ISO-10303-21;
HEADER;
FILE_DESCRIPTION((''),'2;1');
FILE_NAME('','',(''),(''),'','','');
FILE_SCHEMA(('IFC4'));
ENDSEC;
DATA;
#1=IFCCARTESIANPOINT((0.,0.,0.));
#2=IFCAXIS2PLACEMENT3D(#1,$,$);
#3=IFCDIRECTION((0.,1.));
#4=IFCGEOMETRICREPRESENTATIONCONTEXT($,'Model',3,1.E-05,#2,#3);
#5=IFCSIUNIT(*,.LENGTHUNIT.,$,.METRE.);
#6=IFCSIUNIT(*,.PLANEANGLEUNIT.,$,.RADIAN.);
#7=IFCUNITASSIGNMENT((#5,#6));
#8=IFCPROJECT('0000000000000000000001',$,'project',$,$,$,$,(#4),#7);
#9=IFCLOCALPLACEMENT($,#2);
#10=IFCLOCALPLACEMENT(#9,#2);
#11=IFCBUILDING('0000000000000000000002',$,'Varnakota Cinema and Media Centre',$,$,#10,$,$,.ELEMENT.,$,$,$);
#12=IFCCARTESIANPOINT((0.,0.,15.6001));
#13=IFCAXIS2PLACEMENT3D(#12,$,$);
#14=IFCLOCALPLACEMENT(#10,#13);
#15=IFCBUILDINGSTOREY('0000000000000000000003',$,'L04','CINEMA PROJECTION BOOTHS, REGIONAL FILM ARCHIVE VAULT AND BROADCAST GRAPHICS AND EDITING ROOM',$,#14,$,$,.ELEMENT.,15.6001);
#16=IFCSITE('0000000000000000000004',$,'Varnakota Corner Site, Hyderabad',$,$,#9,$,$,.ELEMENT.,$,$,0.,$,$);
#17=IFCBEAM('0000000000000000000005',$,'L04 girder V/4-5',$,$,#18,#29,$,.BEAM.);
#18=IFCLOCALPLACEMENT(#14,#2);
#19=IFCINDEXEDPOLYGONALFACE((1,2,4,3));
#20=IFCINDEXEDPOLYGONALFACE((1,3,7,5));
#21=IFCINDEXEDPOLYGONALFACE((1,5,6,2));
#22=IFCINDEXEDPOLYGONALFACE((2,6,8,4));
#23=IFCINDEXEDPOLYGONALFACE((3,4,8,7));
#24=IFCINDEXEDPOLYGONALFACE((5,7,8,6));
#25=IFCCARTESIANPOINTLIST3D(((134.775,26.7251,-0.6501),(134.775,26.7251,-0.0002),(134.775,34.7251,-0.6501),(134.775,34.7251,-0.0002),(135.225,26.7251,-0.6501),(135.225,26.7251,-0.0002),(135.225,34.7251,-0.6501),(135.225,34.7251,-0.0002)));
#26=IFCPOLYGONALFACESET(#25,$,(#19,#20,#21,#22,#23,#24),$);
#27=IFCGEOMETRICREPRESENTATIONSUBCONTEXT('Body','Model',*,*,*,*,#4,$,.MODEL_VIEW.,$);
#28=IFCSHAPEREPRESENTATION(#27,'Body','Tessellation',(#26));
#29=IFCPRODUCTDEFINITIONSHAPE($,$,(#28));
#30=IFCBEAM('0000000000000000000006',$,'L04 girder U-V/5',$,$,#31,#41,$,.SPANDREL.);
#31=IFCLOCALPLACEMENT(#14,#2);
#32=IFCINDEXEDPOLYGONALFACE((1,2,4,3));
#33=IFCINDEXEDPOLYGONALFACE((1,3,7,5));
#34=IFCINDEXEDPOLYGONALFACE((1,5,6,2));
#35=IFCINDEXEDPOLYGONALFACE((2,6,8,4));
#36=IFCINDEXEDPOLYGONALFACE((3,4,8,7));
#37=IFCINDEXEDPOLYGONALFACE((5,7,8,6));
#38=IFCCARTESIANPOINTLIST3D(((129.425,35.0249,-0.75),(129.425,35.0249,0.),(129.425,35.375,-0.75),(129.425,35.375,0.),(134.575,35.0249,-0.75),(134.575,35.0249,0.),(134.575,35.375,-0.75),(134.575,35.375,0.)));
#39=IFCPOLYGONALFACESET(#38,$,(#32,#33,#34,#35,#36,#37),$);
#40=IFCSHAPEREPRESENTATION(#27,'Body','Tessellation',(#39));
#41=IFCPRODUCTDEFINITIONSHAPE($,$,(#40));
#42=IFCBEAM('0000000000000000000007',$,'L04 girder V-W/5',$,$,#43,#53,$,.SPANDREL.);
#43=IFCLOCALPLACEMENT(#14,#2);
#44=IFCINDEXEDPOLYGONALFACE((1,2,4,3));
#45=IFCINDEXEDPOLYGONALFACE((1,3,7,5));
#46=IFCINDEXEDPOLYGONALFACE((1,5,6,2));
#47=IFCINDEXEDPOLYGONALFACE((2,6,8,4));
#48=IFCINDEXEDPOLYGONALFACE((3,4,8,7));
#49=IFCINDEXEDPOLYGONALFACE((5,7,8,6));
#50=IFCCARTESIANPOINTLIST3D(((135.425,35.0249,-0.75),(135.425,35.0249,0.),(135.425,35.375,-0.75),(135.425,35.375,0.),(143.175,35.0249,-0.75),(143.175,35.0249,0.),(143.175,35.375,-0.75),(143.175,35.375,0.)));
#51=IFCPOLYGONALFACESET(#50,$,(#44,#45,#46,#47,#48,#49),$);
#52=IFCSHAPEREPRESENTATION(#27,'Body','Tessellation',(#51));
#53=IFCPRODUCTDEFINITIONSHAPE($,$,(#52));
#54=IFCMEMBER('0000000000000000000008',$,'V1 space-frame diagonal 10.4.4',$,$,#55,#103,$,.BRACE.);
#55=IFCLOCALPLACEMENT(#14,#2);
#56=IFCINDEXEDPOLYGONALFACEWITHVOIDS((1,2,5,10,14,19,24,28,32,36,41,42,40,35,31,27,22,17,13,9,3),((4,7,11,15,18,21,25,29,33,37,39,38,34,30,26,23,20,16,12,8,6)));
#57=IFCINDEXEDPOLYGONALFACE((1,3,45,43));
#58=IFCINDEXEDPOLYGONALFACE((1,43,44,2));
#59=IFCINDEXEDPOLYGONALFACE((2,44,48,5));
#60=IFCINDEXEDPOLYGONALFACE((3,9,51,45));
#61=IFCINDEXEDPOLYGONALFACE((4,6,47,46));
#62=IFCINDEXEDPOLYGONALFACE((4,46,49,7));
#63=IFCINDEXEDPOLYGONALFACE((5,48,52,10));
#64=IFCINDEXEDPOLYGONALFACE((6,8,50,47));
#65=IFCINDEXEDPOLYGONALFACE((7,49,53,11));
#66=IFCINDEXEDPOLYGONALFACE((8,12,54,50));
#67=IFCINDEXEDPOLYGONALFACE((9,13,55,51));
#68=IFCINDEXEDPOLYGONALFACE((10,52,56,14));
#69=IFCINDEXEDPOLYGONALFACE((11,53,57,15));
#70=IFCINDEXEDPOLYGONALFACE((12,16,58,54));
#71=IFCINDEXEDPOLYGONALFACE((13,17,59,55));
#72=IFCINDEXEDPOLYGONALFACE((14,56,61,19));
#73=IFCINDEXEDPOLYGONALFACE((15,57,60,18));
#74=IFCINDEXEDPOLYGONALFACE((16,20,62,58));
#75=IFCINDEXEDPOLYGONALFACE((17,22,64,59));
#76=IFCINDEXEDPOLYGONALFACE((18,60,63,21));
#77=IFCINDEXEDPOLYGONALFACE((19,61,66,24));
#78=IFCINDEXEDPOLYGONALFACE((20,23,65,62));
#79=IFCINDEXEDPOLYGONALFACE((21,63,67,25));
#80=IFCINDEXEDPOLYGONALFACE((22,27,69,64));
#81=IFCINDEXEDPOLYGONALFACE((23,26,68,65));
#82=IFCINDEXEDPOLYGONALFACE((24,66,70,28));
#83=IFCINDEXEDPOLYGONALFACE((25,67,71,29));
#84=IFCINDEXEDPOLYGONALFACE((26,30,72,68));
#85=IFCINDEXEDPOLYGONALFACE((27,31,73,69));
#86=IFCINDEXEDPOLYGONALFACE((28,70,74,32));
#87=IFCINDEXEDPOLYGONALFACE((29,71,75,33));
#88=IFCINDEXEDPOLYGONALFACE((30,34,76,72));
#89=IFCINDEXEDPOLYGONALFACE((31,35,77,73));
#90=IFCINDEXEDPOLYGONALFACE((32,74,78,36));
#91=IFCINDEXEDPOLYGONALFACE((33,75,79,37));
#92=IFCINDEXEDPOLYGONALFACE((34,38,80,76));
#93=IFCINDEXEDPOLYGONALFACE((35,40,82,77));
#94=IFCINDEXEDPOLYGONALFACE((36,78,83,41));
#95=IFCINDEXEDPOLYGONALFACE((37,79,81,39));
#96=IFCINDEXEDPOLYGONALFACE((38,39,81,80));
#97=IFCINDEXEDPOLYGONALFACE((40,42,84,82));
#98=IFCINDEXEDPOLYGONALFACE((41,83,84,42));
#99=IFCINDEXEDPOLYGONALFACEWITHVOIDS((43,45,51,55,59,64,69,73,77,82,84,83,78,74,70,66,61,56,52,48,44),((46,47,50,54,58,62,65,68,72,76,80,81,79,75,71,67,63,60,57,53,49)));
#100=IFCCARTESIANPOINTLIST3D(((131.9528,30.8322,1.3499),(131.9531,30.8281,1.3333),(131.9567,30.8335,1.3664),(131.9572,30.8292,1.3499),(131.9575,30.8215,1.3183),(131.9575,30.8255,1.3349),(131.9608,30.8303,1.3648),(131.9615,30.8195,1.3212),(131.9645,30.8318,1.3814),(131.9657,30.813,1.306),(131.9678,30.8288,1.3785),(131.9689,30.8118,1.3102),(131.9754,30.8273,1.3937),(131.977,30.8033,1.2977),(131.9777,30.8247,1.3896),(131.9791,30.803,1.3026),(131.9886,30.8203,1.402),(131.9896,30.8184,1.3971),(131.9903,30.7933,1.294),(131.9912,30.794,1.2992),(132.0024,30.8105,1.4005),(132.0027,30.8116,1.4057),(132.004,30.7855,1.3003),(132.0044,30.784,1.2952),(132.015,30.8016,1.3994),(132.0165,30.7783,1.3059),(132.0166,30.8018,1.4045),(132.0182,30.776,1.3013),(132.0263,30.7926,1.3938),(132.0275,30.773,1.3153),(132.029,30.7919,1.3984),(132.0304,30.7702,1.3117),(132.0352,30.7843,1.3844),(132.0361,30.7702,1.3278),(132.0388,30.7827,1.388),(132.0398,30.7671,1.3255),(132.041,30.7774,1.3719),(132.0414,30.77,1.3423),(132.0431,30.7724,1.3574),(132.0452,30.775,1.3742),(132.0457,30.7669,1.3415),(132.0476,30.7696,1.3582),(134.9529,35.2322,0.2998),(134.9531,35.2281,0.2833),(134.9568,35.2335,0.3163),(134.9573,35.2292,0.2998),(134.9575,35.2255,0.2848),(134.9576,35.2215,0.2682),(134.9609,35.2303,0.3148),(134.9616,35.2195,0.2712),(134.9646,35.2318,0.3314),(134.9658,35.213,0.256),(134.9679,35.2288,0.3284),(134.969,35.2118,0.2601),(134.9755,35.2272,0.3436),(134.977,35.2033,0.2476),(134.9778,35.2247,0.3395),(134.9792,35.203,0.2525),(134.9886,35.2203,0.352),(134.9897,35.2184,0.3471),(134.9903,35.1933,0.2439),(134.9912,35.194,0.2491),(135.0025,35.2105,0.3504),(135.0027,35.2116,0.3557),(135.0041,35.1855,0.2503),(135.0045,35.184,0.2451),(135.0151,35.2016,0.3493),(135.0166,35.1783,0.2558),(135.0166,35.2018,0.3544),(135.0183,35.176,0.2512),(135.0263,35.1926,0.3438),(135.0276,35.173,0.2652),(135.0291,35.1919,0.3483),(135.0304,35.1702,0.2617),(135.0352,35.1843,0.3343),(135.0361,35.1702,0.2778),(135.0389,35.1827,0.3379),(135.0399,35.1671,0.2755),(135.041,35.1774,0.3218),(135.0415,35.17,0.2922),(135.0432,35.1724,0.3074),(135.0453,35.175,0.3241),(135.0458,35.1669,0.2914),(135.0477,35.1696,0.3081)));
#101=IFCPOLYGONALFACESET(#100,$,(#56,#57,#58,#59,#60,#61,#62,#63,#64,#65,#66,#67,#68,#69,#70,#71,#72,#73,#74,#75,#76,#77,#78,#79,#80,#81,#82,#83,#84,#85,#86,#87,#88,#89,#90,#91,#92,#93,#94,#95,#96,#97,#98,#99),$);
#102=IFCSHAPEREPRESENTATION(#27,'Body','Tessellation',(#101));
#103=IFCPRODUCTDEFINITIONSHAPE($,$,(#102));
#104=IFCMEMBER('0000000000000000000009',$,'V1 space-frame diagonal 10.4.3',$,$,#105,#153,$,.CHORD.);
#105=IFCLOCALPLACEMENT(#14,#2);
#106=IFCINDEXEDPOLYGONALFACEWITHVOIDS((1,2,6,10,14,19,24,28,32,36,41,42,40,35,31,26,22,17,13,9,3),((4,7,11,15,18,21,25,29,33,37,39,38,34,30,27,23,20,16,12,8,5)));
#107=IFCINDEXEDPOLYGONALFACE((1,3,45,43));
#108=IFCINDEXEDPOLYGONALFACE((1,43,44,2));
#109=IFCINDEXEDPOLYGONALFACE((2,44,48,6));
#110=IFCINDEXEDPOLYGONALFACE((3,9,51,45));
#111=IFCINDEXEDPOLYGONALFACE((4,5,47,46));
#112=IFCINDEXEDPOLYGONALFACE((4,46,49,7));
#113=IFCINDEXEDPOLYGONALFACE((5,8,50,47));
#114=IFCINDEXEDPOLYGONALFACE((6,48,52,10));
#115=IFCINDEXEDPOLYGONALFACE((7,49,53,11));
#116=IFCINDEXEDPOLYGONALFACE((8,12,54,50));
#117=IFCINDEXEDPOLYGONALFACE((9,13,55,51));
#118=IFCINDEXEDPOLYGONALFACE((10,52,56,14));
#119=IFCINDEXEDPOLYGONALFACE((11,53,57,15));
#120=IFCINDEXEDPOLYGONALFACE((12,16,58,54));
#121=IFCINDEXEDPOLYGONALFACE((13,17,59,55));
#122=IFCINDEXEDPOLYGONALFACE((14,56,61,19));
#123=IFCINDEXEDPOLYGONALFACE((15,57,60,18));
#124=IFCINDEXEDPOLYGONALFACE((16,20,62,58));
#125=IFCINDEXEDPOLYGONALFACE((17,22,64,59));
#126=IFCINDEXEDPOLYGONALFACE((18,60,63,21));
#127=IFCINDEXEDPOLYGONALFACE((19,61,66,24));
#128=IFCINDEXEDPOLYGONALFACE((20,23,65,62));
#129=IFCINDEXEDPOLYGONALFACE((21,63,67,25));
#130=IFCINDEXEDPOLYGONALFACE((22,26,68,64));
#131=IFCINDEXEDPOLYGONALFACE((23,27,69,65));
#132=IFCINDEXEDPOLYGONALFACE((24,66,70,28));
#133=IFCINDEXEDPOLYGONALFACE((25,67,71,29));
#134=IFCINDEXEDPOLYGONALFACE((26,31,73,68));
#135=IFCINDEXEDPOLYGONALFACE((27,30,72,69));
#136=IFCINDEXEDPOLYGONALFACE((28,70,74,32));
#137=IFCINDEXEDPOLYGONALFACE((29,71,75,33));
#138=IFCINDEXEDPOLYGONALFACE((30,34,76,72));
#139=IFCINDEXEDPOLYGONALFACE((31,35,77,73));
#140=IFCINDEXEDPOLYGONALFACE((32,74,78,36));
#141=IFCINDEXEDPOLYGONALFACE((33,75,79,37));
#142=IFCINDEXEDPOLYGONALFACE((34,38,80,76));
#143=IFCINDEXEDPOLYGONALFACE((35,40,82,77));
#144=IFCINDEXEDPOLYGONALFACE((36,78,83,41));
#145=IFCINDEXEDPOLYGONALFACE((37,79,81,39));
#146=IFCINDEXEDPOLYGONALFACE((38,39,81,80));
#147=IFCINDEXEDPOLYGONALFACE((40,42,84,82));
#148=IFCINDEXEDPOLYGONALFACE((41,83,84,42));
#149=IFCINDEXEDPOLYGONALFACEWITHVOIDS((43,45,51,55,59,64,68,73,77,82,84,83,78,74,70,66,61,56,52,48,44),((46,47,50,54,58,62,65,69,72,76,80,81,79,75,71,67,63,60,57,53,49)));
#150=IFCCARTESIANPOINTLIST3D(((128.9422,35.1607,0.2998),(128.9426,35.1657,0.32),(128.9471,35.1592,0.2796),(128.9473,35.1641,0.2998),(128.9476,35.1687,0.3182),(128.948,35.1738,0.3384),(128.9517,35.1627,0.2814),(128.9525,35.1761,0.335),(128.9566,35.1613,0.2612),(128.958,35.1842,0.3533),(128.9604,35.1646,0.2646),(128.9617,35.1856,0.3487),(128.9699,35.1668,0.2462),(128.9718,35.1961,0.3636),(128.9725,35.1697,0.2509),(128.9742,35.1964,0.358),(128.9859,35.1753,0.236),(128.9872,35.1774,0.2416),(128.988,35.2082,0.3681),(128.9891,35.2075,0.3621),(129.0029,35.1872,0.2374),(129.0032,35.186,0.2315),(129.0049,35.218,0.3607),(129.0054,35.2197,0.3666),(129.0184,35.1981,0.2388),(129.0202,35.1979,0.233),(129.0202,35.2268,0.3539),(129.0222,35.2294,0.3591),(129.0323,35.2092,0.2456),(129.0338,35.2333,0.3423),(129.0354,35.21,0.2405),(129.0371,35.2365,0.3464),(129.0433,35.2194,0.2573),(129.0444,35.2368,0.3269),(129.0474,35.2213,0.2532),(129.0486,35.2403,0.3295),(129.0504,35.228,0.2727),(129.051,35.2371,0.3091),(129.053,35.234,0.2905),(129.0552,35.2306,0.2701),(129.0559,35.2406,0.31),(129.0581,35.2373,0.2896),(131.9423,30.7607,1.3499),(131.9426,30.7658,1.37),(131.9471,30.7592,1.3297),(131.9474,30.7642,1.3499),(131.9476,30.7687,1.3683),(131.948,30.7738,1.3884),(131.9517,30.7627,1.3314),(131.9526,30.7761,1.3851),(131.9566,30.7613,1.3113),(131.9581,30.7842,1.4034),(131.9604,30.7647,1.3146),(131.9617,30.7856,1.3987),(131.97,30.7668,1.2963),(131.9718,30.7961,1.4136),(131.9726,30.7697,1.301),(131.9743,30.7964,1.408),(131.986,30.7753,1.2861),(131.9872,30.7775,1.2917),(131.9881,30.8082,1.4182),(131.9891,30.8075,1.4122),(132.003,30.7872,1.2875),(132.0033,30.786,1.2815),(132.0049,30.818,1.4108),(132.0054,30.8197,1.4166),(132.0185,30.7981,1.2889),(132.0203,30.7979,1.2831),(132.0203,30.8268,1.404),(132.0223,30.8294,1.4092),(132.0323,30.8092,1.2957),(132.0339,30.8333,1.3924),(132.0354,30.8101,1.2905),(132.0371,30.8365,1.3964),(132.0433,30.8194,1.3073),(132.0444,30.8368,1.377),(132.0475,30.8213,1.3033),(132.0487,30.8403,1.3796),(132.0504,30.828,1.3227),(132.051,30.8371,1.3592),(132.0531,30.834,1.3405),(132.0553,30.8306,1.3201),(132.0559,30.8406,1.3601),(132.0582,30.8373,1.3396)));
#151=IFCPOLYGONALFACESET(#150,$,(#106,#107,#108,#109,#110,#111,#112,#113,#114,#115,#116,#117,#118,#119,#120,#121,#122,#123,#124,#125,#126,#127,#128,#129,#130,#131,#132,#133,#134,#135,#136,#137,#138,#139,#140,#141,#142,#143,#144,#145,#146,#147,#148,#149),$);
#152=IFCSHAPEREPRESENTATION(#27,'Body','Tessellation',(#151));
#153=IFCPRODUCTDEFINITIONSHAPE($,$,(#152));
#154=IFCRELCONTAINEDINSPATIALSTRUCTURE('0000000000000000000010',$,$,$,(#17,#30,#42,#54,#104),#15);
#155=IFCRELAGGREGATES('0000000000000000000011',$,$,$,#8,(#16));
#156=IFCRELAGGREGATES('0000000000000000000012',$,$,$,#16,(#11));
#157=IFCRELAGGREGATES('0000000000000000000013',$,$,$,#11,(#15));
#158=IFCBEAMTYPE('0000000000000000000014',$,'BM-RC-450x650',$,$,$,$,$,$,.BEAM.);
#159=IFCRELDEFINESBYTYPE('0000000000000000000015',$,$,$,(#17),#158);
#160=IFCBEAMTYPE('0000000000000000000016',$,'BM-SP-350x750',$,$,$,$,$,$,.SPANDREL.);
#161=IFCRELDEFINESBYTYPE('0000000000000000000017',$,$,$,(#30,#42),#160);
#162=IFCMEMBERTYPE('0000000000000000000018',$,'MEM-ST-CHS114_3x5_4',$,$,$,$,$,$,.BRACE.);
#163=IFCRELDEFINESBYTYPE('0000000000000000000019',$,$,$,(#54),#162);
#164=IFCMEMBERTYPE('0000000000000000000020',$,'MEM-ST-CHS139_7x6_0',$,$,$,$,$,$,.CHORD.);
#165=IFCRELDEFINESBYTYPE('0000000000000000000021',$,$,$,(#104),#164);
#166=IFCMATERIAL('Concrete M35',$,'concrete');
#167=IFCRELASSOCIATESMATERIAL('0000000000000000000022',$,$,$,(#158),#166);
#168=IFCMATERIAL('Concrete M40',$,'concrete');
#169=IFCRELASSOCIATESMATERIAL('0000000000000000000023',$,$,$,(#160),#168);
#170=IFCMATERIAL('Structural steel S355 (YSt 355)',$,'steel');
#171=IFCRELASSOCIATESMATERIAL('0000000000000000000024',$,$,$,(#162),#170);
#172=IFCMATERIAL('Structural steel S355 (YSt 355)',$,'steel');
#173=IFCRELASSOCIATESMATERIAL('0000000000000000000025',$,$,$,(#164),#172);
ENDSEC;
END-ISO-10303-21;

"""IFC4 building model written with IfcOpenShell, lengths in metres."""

from ifc_helpers import new_model, si_unit, direction, frame, origin, origin_2d, place, context, subcontext, project, spatial, rectangle, hollow_circle, extrude, material, material_profile, profile_set, type_object, element, save


model = new_model("IFC4")

# Units and contexts
model_context = context("Model", 3, precision=1e-05, world=origin(), true_north=direction((0.0, 1.0)))
body_context = subcontext(model_context, "Body", "Model", "MODEL_VIEW")
ifc_project = project(units=[si_unit("LENGTHUNIT", "METRE"), si_unit("PLANEANGLEUNIT", "RADIAN")], contexts=[model_context])

# Site, building, storey
site_placement = place(None, origin())
site = spatial("IfcSite", under=ifc_project, at=site_placement, Name="Varnakota Corner Site, Hyderabad", CompositionType="ELEMENT", RefElevation=0.0)
building_placement = place(site_placement, origin())
building = spatial("IfcBuilding", under=site, at=building_placement, Name="Varnakota Cinema and Media Centre", CompositionType="ELEMENT")
storey_placement = place(building_placement, frame((0.0, 0.0, 15.6001)))
storey = spatial("IfcBuildingStorey", under=building, at=storey_placement, Name="L04", Description="CINEMA PROJECTION BOOTHS, REGIONAL FILM ARCHIVE VAULT AND BROADCAST GRAPHICS AND EDITING ROOM", CompositionType="ELEMENT", Elevation=15.6001)

# Beams
ifc_material_1 = material(Name="Concrete M35", Category="concrete")
ifc_material_profile_1 = material_profile(ifc_material_1, rectangle(XDim=0.45, YDim=0.6499, at=origin_2d()), Name="RCB 450x650")
ifc_profile_set_1 = profile_set([ifc_material_profile_1], Name="Concrete M35")
beam_type_1 = type_object("IfcBeamType", Name="BM-RC-450x650", PredefinedType="BEAM", material=ifc_profile_set_1)
beam_1_placement = place(storey_placement, frame((135.0, 26.7251, -0.3252), z_axis=(0.0, 1.0, 0.0), x_axis=(-1.0, 0.0, 0.0)))
element("IfcBeam", 1, at=beam_1_placement, inside=storey, type_object=beam_type_1, Name="L04 girder V/4-5", PredefinedType="BEAM", context=body_context, shape_type="SweptSolid", body=[
    extrude(rectangle(XDim=0.45, YDim=0.6499, at=origin_2d()), origin(), (0.0, 0.0, 1.0), 8.0),
])
ifc_material_2 = material(Name="Concrete M40", Category="concrete")
ifc_material_profile_2 = material_profile(ifc_material_2, rectangle(XDim=0.3501, YDim=0.75, at=origin_2d()), Name="RCB 350x750")
ifc_profile_set_2 = profile_set([ifc_material_profile_2], Name="Concrete M40")
beam_type_2 = type_object("IfcBeamType", Name="BM-SP-350x750", PredefinedType="SPANDREL", material=ifc_profile_set_2)
beam_2_placement = place(storey_placement, frame((129.425, 35.2, -0.375), z_axis=(1.0, 0.0, 0.0), x_axis=(0.0, 1.0, 0.0)))
element("IfcBeam", 2, at=beam_2_placement, inside=storey, type_object=beam_type_2, Name="L04 girder U-V/5", PredefinedType="SPANDREL", context=body_context, shape_type="SweptSolid", body=[
    extrude(rectangle(XDim=0.3501, YDim=0.75, at=origin_2d()), origin(), (0.0, 0.0, 1.0), 5.1499),
])
beam_3_placement = place(storey_placement, frame((135.425, 35.2, -0.375), z_axis=(1.0, 0.0, 0.0), x_axis=(0.0, 1.0, 0.0)))
element("IfcBeam", 3, at=beam_3_placement, inside=storey, type_object=beam_type_2, Name="L04 girder V-W/5", PredefinedType="SPANDREL", context=body_context, shape_type="SweptSolid", body=[
    extrude(rectangle(XDim=0.3501, YDim=0.75, at=origin_2d()), origin(), (0.0, 0.0, 1.0), 7.75),
])

# Members
ifc_material_3 = material(Name="Structural steel S355 (YSt 355)", Category="steel")
ifc_material_profile_3 = material_profile(ifc_material_3, hollow_circle(Radius=0.0571, WallThickness=0.0054, at=origin_2d()), Name="CHS 114.3x5.4")
ifc_profile_set_3 = profile_set([ifc_material_profile_3], Name="Structural steel S355 (YSt 355)")
member_type_1 = type_object("IfcMemberType", Name="MEM-ST-CHS114_3x5_4", PredefinedType="BRACE", material=ifc_profile_set_3)
member_1_placement = place(storey_placement, frame((132.0, 30.8, 1.3499), z_axis=(0.552703, 0.810613, -0.193455), x_axis=(-0.826222, 0.563345, 0.0)))
element("IfcMember", 4, at=member_1_placement, inside=storey, type_object=member_type_1, Name="V1 space-frame diagonal 10.4.4", PredefinedType="BRACE", context=body_context, shape_type="SweptSolid", body=[
    extrude(hollow_circle(Radius=0.0571, WallThickness=0.0054, at=origin_2d()), origin(), (0.0, 0.0, 1.0), 5.428),
])
ifc_material_4 = material(Name="Structural steel S355 (YSt 355)", Category="steel")
ifc_material_profile_4 = material_profile(ifc_material_4, hollow_circle(Radius=0.0698, WallThickness=0.0061, at=origin_2d()), Name="CHS 139.7x6.0")
ifc_profile_set_4 = profile_set([ifc_material_profile_4], Name="Structural steel S355 (YSt 355)")
member_type_2 = type_object("IfcMemberType", Name="MEM-ST-CHS139_7x6_0", PredefinedType="CHORD", material=ifc_profile_set_4)
member_2_placement = place(storey_placement, frame((132.0, 30.8, 1.3499), z_axis=(-0.552703, 0.810613, -0.193455), x_axis=(-0.826222, -0.563345, 0.0)))
element("IfcMember", 5, at=member_2_placement, inside=storey, type_object=member_type_2, Name="V1 space-frame diagonal 10.4.3", PredefinedType="CHORD", context=body_context, shape_type="SweptSolid", body=[
    extrude(hollow_circle(Radius=0.0698, WallThickness=0.0061, at=origin_2d()), origin(), (0.0, 0.0, 1.0), 5.428),
])

save(model, "model.ifc")
